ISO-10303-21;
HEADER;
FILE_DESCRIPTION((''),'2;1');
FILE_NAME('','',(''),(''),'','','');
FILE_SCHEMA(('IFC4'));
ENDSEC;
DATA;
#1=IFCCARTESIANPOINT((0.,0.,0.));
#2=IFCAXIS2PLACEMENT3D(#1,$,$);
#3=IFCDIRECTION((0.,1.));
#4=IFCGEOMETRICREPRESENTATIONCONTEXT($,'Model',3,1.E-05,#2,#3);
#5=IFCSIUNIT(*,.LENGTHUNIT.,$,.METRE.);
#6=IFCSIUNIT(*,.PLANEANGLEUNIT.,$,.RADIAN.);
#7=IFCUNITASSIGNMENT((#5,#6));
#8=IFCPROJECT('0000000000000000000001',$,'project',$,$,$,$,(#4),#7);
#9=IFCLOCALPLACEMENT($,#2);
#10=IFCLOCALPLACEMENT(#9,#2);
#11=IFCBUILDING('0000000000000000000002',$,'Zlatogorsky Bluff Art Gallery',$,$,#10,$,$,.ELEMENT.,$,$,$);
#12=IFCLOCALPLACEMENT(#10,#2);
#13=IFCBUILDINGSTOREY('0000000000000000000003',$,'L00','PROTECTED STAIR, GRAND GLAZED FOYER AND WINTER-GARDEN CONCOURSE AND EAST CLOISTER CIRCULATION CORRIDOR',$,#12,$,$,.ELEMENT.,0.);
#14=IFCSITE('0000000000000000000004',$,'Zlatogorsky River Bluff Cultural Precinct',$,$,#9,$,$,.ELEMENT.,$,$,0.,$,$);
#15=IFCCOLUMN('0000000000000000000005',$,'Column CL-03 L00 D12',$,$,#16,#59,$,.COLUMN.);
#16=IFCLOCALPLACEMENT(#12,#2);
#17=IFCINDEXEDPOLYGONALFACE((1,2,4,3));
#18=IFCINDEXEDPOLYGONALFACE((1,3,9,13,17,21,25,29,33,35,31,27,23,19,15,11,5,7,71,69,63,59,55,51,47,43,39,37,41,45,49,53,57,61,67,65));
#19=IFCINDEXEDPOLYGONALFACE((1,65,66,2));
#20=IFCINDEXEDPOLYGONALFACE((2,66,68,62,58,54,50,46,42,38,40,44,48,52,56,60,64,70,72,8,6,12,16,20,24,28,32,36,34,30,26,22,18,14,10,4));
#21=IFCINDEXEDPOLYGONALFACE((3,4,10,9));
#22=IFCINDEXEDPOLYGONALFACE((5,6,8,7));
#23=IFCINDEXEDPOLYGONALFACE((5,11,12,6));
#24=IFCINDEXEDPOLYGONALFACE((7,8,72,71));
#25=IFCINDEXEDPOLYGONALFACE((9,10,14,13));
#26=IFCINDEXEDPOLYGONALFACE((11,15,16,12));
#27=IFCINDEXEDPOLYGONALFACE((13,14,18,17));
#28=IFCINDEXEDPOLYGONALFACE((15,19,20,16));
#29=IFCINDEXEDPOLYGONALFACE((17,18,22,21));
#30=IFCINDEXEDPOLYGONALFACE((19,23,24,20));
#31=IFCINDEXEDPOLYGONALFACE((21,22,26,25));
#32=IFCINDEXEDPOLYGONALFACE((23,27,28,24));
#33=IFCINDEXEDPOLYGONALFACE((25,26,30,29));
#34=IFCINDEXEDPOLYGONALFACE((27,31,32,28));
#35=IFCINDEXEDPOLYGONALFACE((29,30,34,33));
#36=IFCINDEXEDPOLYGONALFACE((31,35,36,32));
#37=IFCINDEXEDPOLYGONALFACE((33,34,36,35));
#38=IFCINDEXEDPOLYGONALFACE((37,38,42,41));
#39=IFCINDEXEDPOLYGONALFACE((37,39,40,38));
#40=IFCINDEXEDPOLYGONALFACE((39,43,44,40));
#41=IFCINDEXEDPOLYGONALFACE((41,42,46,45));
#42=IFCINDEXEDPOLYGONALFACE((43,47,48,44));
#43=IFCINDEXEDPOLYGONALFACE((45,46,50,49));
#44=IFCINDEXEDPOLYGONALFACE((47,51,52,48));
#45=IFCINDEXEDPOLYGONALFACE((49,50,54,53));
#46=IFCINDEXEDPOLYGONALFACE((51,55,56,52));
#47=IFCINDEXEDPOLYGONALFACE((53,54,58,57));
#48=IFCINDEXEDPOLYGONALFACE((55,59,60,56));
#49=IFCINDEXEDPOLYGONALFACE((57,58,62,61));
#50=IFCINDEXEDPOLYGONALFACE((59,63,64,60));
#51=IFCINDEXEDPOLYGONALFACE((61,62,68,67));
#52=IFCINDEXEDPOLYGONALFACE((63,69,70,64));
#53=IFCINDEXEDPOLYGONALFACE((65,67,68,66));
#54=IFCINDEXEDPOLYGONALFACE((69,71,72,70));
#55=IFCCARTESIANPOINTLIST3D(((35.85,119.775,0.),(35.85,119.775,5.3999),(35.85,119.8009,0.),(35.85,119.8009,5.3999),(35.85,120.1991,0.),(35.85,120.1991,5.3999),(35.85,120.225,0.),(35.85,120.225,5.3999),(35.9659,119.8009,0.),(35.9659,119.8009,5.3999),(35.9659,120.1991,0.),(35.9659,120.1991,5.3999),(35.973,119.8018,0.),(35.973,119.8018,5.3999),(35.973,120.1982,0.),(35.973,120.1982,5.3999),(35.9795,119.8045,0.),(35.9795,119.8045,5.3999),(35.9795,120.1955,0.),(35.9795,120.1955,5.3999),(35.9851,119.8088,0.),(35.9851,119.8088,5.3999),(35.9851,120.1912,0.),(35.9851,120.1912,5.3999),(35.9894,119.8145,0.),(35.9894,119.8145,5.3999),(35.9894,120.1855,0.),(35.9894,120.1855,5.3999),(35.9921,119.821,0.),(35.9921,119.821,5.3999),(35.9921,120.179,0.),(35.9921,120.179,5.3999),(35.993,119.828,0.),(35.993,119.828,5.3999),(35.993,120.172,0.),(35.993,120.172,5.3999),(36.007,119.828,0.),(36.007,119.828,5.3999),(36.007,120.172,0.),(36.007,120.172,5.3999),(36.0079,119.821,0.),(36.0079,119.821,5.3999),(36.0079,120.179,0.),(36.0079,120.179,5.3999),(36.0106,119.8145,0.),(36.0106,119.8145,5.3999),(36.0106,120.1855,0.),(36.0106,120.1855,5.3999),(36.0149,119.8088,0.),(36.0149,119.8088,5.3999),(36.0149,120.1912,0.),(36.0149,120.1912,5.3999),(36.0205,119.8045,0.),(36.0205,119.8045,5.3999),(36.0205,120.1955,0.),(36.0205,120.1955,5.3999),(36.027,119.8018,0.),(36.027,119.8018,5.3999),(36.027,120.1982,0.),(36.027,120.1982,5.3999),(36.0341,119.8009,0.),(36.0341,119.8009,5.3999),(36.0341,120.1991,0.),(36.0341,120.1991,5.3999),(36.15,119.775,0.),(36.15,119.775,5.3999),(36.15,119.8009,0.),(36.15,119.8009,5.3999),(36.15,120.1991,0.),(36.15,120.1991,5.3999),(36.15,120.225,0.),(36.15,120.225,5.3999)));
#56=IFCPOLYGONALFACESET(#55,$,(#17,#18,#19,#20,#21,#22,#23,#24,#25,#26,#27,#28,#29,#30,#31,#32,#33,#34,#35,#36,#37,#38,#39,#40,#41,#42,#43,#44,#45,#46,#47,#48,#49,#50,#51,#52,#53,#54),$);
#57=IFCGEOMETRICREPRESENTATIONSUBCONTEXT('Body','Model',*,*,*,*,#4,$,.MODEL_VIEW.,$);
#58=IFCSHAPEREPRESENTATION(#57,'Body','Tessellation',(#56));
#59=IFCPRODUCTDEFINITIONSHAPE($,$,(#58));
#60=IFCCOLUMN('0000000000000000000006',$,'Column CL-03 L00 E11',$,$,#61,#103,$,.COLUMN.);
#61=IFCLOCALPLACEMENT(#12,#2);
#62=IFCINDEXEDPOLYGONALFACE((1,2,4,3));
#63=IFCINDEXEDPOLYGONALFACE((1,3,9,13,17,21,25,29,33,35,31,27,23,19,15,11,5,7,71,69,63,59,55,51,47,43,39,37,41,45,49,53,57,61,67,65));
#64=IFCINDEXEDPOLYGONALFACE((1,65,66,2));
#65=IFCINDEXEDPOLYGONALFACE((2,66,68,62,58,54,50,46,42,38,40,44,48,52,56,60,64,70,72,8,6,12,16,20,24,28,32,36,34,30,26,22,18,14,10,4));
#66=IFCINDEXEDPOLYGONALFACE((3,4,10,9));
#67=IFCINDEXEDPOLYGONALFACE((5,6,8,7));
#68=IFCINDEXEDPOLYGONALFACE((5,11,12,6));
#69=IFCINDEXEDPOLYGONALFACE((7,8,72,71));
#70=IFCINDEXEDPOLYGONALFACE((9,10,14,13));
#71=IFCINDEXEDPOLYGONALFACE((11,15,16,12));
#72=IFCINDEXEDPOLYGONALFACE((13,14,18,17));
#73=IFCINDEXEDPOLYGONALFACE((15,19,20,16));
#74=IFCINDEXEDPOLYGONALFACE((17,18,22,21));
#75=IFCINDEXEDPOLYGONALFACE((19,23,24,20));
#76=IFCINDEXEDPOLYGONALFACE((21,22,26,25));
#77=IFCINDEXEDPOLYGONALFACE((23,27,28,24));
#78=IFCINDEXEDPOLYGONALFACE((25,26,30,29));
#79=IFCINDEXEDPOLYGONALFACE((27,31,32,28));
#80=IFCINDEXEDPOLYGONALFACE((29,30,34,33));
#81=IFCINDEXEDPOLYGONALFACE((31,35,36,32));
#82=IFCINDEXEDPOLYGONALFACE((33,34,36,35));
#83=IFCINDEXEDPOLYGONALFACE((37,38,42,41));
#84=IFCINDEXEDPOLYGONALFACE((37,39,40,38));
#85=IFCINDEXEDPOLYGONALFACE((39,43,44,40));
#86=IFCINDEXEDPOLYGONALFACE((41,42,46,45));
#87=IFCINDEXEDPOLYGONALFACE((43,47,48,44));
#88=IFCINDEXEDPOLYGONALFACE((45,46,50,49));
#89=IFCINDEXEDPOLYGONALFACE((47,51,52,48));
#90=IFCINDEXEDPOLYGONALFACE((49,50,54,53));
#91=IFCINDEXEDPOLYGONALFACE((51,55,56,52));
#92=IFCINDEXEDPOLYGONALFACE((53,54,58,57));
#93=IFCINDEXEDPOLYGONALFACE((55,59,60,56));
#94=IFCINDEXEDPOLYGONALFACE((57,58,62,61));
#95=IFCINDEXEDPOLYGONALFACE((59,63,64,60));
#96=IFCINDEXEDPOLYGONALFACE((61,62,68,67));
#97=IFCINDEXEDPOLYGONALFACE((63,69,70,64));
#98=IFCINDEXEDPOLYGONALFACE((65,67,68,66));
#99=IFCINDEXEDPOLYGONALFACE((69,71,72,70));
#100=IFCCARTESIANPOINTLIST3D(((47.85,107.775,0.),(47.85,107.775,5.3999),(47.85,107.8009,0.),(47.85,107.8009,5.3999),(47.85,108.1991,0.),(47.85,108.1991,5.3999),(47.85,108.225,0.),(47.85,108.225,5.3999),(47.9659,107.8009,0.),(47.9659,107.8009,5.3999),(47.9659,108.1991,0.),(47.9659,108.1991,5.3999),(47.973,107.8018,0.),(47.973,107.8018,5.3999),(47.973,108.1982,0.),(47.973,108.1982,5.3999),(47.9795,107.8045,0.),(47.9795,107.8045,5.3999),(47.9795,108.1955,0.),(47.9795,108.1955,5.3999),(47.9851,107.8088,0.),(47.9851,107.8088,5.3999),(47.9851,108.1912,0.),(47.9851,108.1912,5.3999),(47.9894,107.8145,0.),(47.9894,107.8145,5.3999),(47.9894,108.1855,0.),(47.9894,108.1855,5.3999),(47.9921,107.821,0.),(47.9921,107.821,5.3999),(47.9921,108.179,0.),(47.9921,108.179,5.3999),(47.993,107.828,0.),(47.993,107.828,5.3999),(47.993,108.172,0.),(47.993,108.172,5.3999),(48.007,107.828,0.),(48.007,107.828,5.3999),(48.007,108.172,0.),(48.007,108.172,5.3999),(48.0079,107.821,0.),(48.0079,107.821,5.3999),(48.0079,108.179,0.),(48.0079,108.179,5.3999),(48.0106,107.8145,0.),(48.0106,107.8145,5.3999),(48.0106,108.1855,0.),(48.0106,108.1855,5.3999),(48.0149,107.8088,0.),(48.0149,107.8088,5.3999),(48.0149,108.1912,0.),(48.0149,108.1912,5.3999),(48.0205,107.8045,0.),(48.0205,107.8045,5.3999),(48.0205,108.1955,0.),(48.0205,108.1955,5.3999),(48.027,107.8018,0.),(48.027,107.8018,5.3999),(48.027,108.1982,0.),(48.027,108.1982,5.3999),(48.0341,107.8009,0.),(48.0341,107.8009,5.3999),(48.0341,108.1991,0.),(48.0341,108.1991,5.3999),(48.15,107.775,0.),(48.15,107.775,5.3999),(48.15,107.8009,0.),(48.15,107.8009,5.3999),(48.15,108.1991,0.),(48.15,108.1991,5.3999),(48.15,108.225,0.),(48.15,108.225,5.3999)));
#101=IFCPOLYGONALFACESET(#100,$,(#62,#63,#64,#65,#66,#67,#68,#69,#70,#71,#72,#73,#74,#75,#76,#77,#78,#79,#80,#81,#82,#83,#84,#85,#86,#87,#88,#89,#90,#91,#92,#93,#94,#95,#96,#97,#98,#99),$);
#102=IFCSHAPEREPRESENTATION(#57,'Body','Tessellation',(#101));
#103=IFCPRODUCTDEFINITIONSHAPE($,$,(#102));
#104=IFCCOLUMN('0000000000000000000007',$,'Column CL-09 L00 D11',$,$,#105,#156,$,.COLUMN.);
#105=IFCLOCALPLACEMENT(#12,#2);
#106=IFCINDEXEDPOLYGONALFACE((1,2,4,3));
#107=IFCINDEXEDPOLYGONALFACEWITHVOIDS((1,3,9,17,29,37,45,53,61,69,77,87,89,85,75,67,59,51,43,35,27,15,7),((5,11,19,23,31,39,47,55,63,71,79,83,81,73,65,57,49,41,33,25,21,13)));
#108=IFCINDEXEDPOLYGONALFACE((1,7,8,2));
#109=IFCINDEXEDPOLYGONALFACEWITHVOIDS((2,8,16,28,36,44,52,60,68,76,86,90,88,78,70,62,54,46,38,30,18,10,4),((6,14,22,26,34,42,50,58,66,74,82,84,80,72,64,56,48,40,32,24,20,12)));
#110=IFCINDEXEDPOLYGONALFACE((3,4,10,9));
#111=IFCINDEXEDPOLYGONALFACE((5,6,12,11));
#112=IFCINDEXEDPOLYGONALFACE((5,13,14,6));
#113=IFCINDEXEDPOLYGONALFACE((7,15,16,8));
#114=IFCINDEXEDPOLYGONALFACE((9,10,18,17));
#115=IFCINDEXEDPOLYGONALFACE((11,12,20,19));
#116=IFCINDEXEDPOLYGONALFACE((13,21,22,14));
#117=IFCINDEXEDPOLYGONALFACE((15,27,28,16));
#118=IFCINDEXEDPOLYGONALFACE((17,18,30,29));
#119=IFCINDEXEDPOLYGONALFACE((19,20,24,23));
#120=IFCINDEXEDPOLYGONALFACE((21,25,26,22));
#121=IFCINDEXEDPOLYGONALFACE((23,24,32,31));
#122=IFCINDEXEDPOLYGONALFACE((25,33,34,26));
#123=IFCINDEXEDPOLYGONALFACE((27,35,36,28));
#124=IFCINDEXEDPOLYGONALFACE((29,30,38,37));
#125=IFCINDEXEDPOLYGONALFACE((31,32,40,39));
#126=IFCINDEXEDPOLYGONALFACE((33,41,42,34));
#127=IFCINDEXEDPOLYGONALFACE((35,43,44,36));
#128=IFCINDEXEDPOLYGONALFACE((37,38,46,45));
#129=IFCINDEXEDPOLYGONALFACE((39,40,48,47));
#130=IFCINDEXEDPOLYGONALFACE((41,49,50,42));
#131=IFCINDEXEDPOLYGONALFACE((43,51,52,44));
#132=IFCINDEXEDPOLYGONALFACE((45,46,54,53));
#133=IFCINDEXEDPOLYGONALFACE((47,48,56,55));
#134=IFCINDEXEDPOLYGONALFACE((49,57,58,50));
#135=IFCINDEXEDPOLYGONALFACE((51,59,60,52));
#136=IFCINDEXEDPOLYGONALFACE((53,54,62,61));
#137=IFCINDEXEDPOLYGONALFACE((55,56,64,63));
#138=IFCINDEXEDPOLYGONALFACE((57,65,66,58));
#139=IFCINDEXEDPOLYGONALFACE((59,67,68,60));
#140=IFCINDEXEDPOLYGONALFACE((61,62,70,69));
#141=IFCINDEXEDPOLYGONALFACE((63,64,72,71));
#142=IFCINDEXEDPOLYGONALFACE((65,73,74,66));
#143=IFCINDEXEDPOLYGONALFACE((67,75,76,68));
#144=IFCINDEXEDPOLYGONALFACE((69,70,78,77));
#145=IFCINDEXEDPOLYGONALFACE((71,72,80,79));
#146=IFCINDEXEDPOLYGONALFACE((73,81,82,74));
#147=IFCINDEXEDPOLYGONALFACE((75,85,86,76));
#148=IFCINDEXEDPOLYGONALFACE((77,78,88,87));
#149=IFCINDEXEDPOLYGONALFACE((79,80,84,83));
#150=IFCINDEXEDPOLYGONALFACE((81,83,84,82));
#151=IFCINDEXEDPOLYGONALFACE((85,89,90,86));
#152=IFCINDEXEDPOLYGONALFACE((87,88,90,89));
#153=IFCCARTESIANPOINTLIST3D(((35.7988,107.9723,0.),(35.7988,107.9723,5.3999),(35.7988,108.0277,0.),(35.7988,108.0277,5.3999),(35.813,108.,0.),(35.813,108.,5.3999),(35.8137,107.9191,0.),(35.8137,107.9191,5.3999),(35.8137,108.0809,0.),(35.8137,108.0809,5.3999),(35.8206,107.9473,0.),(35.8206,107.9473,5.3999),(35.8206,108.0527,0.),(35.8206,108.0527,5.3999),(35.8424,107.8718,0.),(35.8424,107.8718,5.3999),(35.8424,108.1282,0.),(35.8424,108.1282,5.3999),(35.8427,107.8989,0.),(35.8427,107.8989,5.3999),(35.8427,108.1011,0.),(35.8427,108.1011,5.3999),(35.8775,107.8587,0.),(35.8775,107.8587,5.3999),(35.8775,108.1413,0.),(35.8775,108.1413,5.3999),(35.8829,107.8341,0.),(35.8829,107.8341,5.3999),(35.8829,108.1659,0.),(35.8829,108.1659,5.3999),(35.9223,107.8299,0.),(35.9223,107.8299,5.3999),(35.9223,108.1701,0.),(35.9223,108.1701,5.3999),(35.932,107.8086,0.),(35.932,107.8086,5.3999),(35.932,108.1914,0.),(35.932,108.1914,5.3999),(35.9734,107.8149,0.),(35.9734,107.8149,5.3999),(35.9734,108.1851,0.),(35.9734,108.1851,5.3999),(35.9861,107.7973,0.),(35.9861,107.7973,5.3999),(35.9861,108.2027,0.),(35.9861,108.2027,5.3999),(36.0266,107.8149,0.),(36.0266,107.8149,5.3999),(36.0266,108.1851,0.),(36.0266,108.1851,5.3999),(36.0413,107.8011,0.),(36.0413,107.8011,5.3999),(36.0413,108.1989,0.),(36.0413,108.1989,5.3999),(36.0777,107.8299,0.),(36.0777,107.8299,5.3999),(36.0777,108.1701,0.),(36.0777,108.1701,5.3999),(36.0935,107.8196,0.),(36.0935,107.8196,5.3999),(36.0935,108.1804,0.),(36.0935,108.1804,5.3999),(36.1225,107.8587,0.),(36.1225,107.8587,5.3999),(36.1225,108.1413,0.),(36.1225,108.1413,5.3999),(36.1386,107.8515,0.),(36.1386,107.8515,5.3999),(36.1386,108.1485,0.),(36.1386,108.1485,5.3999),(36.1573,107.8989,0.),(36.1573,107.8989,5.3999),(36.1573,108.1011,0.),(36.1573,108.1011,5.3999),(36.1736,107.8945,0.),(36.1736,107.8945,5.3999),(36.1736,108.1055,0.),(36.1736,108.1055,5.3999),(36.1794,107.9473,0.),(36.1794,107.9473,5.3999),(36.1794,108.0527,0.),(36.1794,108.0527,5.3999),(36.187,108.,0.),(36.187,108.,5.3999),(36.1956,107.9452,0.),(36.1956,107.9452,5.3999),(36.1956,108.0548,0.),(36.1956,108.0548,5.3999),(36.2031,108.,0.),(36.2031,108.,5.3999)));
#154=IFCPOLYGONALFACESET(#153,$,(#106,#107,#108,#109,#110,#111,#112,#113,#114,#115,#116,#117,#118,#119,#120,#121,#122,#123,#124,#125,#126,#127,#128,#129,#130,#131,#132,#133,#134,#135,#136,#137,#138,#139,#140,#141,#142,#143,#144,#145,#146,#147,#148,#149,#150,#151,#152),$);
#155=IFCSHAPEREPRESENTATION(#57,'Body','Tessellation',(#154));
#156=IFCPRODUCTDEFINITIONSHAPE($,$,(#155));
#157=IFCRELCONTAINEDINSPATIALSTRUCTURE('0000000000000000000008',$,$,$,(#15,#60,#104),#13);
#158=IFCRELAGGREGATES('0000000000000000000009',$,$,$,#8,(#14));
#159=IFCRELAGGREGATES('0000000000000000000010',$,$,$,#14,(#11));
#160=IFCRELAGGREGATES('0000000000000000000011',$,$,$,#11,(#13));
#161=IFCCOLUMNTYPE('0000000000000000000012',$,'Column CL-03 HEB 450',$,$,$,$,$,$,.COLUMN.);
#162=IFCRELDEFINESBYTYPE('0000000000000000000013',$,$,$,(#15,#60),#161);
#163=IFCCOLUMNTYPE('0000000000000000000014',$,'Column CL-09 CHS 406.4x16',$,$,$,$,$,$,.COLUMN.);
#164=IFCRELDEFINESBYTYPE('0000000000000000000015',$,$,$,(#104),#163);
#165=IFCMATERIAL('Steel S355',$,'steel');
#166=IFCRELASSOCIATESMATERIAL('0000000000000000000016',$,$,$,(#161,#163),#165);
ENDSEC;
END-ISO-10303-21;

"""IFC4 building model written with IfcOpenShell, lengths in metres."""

from ifc_helpers import new_model, si_unit, direction, frame, origin, origin_2d, place, context, subcontext, project, spatial, hollow_circle, i_section, extrude, material, material_profile, profile_set, type_object, element, save


model = new_model("IFC4")

# Units and contexts
model_context = context("Model", 3, precision=1e-05, world=origin(), true_north=direction((0.0, 1.0)))
body_context = subcontext(model_context, "Body", "Model", "MODEL_VIEW")
ifc_project = project(units=[si_unit("LENGTHUNIT", "METRE"), si_unit("PLANEANGLEUNIT", "RADIAN")], contexts=[model_context])

# Site, building, storey
site_placement = place(None, origin())
site = spatial("IfcSite", under=ifc_project, at=site_placement, Name="Zlatogorsky River Bluff Cultural Precinct", CompositionType="ELEMENT", RefElevation=0.0)
building_placement = place(site_placement, origin())
building = spatial("IfcBuilding", under=site, at=building_placement, Name="Zlatogorsky Bluff Art Gallery", CompositionType="ELEMENT")
storey_placement = place(building_placement, origin())
storey = spatial("IfcBuildingStorey", under=building, at=storey_placement, Name="L00", Description="PROTECTED STAIR, GRAND GLAZED FOYER AND WINTER-GARDEN CONCOURSE AND EAST CLOISTER CIRCULATION CORRIDOR", CompositionType="ELEMENT", Elevation=0.0)

# Columns
ifc_material_1 = material(Name="Steel S355", Category="steel")
ifc_material_profile_1 = material_profile(ifc_material_1, i_section(OverallWidth=0.3, OverallDepth=0.45, WebThickness=0.0139, FlangeThickness=0.0259, FilletRadius=0.0271, at=origin_2d()), Name="HEB 450")
ifc_profile_set_1 = profile_set([ifc_material_profile_1], Name="Steel S355")
column_type_1 = type_object("IfcColumnType", Name="Column CL-03 HEB 450", PredefinedType="COLUMN", material=ifc_profile_set_1)
for number, where, z_axis, x_axis, name in (
    (1, (36.0, 120.0, 0.0), (0.0, 0.0, 1.0), (1.0, 0.0, 0.0), "Column CL-03 L00 D12"),
    (2, (48.0, 108.0, 0.0), (0.0, 0.0, 1.0), (1.0, 0.0, 0.0), "Column CL-03 L00 E11"),
):
    element("IfcColumn", number, at=place(storey_placement, frame(where, z_axis=z_axis, x_axis=x_axis)), inside=storey, type_object=column_type_1, Name=name, PredefinedType="COLUMN", context=body_context, shape_type="SweptSolid", body=[
        extrude(i_section(OverallWidth=0.3, OverallDepth=0.45, WebThickness=0.0139, FlangeThickness=0.0259, FilletRadius=0.0271, at=origin_2d()), origin(), (0.0, 0.0, 1.0), 5.3999),
    ])
ifc_material_profile_2 = material_profile(ifc_material_1, hollow_circle(Radius=0.2031, WallThickness=0.0161, at=origin_2d()), Name="CHS 406.4x16")
ifc_profile_set_2 = profile_set([ifc_material_profile_2], Name="Steel S355")
column_type_2 = type_object("IfcColumnType", Name="Column CL-09 CHS 406.4x16", PredefinedType="COLUMN", material=ifc_profile_set_2)
for number, where, z_axis, x_axis, name in (
    (3, (36.0, 108.0, 0.0), (0.0, 0.0, 1.0), (1.0, 0.0, 0.0), "Column CL-09 L00 D11"),
):
    element("IfcColumn", number, at=place(storey_placement, frame(where, z_axis=z_axis, x_axis=x_axis)), inside=storey, type_object=column_type_2, Name=name, PredefinedType="COLUMN", context=body_context, shape_type="SweptSolid", body=[
        extrude(hollow_circle(Radius=0.2031, WallThickness=0.0161, at=origin_2d()), origin(), (0.0, 0.0, 1.0), 5.3999),
    ])

save(model, "model.ifc")
